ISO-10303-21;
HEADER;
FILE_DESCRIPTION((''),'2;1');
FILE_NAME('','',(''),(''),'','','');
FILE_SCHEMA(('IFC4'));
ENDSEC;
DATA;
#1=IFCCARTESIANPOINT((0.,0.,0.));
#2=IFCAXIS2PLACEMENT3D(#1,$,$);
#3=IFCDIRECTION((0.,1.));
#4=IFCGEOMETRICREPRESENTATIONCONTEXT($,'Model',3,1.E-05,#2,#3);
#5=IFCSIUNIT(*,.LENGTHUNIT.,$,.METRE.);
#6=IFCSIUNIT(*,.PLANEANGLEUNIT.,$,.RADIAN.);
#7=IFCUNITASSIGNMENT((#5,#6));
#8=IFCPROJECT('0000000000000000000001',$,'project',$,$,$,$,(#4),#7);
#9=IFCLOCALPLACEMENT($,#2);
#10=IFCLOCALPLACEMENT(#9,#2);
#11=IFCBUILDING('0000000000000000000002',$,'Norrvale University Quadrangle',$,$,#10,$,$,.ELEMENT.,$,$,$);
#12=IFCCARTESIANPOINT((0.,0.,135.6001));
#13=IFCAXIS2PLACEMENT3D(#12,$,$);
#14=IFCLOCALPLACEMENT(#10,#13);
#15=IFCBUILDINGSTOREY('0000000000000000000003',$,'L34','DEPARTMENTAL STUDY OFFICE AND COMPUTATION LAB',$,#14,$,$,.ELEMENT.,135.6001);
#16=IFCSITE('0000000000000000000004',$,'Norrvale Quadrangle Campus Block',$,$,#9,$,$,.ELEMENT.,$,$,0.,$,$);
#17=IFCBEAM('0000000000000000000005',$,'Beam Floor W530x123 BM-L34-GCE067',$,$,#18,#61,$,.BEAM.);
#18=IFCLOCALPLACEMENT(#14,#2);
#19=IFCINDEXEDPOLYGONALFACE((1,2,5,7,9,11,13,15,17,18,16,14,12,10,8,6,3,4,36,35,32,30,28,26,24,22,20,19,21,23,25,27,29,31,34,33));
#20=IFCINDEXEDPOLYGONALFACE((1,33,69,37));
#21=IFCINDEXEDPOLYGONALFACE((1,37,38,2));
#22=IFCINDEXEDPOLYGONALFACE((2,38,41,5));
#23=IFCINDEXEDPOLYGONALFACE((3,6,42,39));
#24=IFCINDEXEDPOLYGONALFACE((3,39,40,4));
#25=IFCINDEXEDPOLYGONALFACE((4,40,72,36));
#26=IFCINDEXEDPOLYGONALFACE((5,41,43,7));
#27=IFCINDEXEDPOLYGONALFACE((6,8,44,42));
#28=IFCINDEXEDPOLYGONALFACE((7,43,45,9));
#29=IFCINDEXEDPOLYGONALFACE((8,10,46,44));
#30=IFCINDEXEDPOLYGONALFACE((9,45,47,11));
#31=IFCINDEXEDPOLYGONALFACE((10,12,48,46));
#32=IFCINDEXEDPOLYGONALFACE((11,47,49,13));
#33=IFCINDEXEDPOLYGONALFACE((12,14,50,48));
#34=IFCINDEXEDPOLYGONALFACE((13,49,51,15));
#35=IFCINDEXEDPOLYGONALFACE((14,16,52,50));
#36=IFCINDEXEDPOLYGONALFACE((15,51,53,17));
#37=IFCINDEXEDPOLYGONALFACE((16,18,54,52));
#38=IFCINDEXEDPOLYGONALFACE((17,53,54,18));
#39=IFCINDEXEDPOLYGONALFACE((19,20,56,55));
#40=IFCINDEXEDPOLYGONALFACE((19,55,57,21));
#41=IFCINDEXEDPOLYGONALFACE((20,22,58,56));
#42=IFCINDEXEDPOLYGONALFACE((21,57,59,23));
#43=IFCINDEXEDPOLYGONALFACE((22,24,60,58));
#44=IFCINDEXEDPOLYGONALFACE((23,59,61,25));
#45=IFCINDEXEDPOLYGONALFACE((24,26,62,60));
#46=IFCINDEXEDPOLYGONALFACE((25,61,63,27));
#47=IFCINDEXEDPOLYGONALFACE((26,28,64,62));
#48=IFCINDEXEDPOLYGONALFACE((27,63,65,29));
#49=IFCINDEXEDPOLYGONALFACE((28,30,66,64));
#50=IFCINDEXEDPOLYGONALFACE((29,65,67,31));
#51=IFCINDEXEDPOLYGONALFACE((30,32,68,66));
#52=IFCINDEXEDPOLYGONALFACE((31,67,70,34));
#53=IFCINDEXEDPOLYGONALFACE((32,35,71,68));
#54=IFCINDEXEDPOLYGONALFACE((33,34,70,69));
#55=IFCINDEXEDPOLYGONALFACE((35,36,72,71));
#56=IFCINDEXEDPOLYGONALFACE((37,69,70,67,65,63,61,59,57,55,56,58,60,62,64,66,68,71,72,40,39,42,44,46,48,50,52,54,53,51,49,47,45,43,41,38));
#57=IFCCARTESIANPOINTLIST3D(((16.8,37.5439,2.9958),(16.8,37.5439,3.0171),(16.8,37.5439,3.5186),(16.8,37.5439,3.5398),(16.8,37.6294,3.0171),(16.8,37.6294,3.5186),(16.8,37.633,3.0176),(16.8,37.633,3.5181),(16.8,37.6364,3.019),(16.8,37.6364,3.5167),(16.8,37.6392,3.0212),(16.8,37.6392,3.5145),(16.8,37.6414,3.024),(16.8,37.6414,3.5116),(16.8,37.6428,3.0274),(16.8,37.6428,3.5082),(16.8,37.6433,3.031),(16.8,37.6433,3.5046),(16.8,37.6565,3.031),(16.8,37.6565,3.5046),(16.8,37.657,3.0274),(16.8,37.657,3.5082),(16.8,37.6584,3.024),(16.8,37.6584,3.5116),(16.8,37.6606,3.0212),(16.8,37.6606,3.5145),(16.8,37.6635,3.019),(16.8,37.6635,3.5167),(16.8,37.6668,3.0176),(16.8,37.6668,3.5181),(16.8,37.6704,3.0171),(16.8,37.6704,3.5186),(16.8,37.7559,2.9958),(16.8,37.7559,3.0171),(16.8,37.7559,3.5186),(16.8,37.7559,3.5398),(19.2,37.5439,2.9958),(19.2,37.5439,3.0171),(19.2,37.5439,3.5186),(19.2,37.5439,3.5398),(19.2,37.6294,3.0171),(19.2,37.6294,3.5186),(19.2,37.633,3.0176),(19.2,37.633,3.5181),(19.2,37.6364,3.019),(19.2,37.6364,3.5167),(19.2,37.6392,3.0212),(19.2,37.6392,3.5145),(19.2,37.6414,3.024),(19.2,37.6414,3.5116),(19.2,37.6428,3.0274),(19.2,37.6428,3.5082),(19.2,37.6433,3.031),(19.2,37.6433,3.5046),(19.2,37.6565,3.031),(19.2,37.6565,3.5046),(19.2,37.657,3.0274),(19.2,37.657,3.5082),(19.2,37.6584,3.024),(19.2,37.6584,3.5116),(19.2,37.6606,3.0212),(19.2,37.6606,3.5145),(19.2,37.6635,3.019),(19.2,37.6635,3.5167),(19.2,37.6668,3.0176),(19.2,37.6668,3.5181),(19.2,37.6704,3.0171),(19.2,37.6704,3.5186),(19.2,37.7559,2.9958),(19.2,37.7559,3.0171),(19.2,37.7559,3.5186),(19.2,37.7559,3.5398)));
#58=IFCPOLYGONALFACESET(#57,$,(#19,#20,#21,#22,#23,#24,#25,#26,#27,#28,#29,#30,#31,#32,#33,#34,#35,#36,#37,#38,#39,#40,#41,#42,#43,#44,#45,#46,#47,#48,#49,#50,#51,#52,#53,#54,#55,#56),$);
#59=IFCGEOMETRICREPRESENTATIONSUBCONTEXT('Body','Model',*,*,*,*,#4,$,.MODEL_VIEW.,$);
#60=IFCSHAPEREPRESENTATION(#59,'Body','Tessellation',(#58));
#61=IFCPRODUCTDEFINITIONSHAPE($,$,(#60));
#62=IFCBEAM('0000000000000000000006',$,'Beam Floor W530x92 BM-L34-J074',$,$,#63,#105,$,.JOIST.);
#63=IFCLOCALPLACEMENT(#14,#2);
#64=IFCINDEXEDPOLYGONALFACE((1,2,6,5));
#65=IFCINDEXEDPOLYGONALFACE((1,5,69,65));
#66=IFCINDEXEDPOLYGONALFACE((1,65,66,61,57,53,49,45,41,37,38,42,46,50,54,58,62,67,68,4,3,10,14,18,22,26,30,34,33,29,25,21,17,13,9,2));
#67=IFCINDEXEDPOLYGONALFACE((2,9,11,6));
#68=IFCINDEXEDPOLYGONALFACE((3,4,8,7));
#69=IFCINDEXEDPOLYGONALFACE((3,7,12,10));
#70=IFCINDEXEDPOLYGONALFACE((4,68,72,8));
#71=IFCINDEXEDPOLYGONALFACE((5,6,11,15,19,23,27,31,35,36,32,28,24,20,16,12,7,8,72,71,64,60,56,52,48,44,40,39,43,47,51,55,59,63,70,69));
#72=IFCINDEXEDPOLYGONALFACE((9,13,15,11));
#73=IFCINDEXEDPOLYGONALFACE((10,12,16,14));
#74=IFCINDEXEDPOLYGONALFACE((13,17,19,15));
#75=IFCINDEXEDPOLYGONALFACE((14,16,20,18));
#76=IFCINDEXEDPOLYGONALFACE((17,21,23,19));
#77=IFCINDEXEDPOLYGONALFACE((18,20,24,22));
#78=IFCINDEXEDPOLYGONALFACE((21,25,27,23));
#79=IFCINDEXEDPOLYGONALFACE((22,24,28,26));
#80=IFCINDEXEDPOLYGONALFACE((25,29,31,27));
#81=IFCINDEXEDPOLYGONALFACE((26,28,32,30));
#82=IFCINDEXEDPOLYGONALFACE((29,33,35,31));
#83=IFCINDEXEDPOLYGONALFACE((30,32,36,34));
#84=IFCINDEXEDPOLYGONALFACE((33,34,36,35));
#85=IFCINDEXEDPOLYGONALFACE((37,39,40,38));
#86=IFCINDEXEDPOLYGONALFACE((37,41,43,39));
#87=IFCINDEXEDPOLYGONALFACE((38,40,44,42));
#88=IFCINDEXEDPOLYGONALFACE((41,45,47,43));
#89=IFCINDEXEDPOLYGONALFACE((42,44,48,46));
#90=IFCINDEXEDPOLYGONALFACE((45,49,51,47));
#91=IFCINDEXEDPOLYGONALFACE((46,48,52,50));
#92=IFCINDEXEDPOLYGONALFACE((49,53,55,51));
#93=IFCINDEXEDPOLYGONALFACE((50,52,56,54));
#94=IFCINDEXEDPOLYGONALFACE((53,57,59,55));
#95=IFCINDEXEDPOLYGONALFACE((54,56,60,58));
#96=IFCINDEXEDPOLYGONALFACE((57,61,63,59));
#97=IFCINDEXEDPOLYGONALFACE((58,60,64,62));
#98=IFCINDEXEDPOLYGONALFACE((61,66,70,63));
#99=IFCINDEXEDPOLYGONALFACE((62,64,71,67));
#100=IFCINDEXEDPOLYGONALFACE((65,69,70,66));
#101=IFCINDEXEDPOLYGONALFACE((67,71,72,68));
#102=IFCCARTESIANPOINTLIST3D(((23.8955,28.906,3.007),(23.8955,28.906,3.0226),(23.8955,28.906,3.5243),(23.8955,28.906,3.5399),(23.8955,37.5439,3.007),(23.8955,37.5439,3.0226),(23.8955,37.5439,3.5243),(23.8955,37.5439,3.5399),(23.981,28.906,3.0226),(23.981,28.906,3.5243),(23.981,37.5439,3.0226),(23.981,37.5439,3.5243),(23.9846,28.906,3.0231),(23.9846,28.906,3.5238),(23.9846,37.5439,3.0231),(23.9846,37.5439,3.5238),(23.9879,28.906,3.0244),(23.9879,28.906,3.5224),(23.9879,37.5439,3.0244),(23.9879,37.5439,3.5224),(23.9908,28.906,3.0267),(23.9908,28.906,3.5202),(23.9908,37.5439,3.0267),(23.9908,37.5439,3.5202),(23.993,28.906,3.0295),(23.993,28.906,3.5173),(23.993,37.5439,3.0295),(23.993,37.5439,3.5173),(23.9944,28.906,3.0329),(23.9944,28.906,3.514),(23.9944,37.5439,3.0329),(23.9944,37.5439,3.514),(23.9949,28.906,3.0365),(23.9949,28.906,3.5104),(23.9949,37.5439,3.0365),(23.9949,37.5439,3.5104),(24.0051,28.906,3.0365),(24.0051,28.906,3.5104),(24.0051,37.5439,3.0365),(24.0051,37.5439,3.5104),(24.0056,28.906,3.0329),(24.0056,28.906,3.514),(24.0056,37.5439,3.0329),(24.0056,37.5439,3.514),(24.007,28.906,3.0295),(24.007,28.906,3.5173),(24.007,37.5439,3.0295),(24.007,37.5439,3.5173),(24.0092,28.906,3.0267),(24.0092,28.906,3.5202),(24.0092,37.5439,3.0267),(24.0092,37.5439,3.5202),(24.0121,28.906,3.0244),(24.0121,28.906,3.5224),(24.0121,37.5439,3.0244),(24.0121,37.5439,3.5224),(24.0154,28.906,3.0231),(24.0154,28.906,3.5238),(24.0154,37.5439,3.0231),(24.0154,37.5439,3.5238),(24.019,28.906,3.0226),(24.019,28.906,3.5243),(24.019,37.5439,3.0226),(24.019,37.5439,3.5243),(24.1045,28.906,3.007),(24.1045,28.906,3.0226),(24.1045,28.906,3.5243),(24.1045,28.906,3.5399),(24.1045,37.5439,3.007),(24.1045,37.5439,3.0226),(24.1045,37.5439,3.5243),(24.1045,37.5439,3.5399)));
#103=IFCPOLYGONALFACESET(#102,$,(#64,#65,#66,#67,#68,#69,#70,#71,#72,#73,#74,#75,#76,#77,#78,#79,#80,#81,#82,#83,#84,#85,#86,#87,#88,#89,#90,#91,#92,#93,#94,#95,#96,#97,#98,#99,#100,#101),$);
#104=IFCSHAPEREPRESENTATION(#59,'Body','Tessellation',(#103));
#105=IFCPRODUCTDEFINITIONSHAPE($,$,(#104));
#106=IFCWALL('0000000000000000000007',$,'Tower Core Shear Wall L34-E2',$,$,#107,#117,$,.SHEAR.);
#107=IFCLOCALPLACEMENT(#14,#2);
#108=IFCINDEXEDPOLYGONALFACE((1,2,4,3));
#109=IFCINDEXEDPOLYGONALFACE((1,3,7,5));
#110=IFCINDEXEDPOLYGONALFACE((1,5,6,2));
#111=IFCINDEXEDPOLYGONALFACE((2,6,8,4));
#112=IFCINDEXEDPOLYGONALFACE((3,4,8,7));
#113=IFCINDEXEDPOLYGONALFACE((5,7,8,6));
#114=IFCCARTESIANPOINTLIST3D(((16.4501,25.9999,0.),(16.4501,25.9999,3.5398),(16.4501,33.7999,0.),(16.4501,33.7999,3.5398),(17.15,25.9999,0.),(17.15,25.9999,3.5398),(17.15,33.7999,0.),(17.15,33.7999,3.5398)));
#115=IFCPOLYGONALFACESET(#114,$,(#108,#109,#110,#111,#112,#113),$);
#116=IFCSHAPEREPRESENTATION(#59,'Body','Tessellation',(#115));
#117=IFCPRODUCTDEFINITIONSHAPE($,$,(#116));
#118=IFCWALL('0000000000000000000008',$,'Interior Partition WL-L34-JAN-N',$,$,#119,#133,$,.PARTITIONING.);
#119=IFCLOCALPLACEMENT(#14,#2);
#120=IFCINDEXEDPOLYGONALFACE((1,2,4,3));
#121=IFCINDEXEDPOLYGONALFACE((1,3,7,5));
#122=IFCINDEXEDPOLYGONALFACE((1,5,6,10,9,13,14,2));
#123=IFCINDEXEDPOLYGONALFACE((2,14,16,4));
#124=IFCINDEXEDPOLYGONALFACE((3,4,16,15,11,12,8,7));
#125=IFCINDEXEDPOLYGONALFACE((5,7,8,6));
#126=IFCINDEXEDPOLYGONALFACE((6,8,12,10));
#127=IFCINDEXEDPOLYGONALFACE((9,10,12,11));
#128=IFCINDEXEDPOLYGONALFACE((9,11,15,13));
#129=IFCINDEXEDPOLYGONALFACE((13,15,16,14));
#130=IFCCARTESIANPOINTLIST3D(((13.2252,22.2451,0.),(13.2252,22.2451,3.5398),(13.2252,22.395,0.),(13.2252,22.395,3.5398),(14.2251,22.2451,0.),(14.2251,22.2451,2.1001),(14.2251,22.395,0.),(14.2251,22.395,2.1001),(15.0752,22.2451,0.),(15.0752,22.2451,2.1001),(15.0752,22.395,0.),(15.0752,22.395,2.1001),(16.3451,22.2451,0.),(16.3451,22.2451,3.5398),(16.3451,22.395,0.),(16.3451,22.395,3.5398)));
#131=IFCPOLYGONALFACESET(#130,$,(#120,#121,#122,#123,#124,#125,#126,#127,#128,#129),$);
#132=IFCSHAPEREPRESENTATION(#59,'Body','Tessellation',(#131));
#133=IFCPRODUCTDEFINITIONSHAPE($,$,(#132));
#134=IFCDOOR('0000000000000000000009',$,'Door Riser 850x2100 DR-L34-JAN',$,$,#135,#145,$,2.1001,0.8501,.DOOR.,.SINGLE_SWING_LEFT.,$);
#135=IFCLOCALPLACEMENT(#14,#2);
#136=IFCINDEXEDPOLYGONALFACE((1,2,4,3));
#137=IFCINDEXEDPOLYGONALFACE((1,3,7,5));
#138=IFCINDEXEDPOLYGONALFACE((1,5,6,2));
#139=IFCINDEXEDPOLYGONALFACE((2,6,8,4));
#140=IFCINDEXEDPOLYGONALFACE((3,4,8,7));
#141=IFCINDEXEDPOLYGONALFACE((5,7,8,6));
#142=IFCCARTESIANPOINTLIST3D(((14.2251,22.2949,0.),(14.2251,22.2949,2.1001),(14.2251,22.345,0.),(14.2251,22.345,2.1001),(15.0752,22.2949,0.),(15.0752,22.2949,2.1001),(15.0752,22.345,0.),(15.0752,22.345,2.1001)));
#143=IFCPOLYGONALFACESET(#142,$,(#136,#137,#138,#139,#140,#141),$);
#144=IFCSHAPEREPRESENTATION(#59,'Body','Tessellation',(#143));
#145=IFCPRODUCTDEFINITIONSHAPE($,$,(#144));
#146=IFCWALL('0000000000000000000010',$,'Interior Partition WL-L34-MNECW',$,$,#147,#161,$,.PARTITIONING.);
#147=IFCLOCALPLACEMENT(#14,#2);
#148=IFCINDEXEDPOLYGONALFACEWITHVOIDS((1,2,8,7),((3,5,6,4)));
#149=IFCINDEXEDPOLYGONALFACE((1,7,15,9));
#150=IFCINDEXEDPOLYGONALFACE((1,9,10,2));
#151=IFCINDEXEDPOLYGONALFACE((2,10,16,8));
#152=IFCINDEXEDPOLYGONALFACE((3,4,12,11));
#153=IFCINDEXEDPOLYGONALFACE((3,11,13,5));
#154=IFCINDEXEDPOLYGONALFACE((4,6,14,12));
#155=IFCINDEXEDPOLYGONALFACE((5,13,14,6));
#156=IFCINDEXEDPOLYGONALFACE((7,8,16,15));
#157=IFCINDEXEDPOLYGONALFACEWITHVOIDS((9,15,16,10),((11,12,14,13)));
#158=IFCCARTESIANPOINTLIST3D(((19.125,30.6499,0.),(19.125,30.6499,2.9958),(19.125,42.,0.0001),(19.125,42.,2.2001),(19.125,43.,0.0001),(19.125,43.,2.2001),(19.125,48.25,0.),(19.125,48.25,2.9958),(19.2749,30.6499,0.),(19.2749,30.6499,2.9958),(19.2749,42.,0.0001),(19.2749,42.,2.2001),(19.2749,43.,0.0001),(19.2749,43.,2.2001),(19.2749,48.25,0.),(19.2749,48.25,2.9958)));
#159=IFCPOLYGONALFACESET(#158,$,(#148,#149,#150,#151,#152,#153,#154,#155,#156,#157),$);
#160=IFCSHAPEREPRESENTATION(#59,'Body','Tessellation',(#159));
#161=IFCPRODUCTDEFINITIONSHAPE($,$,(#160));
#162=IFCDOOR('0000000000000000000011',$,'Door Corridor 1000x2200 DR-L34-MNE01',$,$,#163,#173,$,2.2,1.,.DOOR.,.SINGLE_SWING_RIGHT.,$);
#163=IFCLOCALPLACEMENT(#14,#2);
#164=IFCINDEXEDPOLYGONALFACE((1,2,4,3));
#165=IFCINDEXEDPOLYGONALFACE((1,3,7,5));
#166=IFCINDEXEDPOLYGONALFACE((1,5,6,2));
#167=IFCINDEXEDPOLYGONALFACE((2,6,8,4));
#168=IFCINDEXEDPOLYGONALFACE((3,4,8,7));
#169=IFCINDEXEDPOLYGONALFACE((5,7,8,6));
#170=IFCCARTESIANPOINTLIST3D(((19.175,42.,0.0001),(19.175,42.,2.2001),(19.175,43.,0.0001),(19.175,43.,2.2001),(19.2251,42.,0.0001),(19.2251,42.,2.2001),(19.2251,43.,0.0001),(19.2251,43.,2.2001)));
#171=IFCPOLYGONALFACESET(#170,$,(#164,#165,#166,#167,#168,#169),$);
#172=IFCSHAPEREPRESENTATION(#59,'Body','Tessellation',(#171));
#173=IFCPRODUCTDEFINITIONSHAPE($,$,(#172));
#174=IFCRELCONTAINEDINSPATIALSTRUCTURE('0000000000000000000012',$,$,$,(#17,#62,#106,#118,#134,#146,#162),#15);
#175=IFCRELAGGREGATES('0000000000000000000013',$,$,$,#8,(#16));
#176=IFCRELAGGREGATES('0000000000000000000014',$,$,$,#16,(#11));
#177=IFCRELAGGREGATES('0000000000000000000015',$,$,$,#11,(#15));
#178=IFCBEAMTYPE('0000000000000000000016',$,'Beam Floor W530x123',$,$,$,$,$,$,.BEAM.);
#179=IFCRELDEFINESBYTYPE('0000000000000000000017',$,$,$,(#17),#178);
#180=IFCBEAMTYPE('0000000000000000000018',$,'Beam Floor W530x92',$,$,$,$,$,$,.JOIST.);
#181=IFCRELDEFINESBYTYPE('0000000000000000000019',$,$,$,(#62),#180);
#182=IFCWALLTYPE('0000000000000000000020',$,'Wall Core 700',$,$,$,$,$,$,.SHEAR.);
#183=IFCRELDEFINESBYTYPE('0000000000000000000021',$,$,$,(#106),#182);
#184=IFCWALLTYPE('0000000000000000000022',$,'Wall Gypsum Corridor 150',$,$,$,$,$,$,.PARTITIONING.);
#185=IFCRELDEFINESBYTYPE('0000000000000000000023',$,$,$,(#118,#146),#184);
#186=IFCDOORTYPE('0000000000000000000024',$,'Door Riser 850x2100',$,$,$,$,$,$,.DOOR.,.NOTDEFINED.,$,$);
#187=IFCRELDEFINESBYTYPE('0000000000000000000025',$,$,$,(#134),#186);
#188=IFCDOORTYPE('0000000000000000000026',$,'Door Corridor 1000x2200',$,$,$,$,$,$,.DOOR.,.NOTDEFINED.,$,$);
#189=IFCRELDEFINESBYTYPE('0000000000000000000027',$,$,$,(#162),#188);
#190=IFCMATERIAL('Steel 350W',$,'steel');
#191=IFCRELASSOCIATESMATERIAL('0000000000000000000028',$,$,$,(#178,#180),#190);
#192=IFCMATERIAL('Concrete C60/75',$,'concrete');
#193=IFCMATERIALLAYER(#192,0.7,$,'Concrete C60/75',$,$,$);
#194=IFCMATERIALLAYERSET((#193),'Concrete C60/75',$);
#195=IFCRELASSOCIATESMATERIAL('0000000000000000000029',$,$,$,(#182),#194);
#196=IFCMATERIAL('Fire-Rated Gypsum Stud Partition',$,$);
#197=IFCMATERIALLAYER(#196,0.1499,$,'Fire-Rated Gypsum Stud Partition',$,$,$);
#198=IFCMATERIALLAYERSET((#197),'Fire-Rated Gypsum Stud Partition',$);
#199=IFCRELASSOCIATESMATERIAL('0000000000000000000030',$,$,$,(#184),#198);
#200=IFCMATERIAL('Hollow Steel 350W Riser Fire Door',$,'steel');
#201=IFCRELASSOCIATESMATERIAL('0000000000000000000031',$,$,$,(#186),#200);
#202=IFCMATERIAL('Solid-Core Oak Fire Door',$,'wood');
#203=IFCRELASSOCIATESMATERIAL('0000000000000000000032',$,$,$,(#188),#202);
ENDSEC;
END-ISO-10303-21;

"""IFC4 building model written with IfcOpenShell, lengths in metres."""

from ifc_helpers import new_model, si_unit, direction, frame, frame_2d, origin, origin_2d, place, context, subcontext, project, spatial, rectangle, i_section, extrude, material, layer, layer_set, material_profile, profile_set, type_object, element, fill, save


model = new_model("IFC4")

# Units and contexts
model_context = context("Model", 3, precision=1e-05, world=origin(), true_north=direction((0.0, 1.0)))
body_context = subcontext(model_context, "Body", "Model", "MODEL_VIEW")
ifc_project = project(units=[si_unit("LENGTHUNIT", "METRE"), si_unit("PLANEANGLEUNIT", "RADIAN")], contexts=[model_context])

# Site, building, storey
site_placement = place(None, origin())
site = spatial("IfcSite", under=ifc_project, at=site_placement, Name="Norrvale Quadrangle Campus Block", CompositionType="ELEMENT", RefElevation=0.0)
building_placement = place(site_placement, origin())
building = spatial("IfcBuilding", under=site, at=building_placement, Name="Norrvale University Quadrangle", CompositionType="ELEMENT")
storey_placement = place(building_placement, frame((0.0, 0.0, 135.6001)))
storey = spatial("IfcBuildingStorey", under=building, at=storey_placement, Name="L34", Description="DEPARTMENTAL STUDY OFFICE AND COMPUTATION LAB", CompositionType="ELEMENT", Elevation=135.6001)

# Shared definitions
ifc_material_1 = material(Name="Concrete C60/75", Category="concrete")

# Beams
ifc_material_2 = material(Name="Steel 350W", Category="steel")
ifc_material_profile_1 = material_profile(ifc_material_2, i_section(OverallWidth=0.2119, OverallDepth=0.5439, WebThickness=0.0132, FlangeThickness=0.0212, FilletRadius=0.0139, at=origin_2d()), Name="Steel 350W")
ifc_profile_set_1 = profile_set([ifc_material_profile_1], Name="Steel 350W")
beam_type_1 = type_object("IfcBeamType", Name="Beam Floor W530x123", PredefinedType="BEAM", material=ifc_profile_set_1)
for number, where, z_axis, x_axis, name in (
    (1, (16.8, 37.6499, 3.2678), (1.0, 0.0, 0.0), (0.0, 1.0, 0.0), "Beam Floor W530x123 BM-L34-GCE067"),
):
    element("IfcBeam", number, at=place(storey_placement, frame(where, z_axis=z_axis, x_axis=x_axis)), inside=storey, type_object=beam_type_1, Name=name, PredefinedType="BEAM", context=body_context, shape_type="SweptSolid", body=[
        extrude(i_section(OverallWidth=0.2119, OverallDepth=0.5439, WebThickness=0.0132, FlangeThickness=0.0212, FilletRadius=0.0139, at=origin_2d()), origin(), (0.0, 0.0, 1.0), 2.3999),
    ])
ifc_material_profile_2 = material_profile(ifc_material_2, i_section(OverallWidth=0.209, OverallDepth=0.533, WebThickness=0.0103, FlangeThickness=0.0156, FilletRadius=0.0139, at=origin_2d()), Name="Steel 350W")
ifc_profile_set_2 = profile_set([ifc_material_profile_2], Name="Steel 350W")
beam_type_2 = type_object("IfcBeamType", Name="Beam Floor W530x92", PredefinedType="JOIST", material=ifc_profile_set_2)
beam_1_placement = place(storey_placement, frame((24.0, 28.906, 3.2734), z_axis=(0.0, 1.0, 0.0), x_axis=(-1.0, 0.0, 0.0)))
element("IfcBeam", 2, at=beam_1_placement, inside=storey, type_object=beam_type_2, Name="Beam Floor W530x92 BM-L34-J074", PredefinedType="JOIST", context=body_context, shape_type="SweptSolid", body=[
    extrude(i_section(OverallWidth=0.209, OverallDepth=0.533, WebThickness=0.0103, FlangeThickness=0.0156, FilletRadius=0.0139, at=origin_2d()), origin(), (0.0, 0.0, 1.0), 8.6379),
])

# Wall
ifc_layer_1 = layer(ifc_material_1, 0.7, Name="Concrete C60/75")
ifc_layer_set_1 = layer_set([ifc_layer_1], Name="Concrete C60/75")
wall_type_1 = type_object("IfcWallType", Name="Wall Core 700", PredefinedType="SHEAR", material=ifc_layer_set_1)
wall_1_placement = place(storey_placement, frame((16.8, 26.0, 0.0), z_axis=(0.0, 0.0, 1.0), x_axis=(0.0, 1.0, 0.0)))
element("IfcWall", 3, at=wall_1_placement, inside=storey, type_object=wall_type_1, Name="Tower Core Shear Wall L34-E2", PredefinedType="SHEAR", context=body_context, shape_type="SweptSolid", body=[
    extrude(rectangle(XDim=7.8, YDim=0.7, at=frame_2d((3.8999, 0.0))), origin(), (0.0, 0.0, 1.0), 3.5398),
])

# Walls, openings, doors
ifc_material_3 = material(Name="Fire-Rated Gypsum Stud Partition")
ifc_layer_2 = layer(ifc_material_3, 0.1499, Name="Fire-Rated Gypsum Stud Partition")
ifc_layer_set_2 = layer_set([ifc_layer_2], Name="Fire-Rated Gypsum Stud Partition")
wall_type_2 = type_object("IfcWallType", Name="Wall Gypsum Corridor 150", PredefinedType="PARTITIONING", material=ifc_layer_set_2)
wall_2_placement = place(storey_placement, frame((13.2251, 22.3201, 0.0), z_axis=(0.0, 0.0, 1.0), x_axis=(1.0, 0.0, 0.0)))
wall_2 = element("IfcWall", 4, at=wall_2_placement, inside=storey, type_object=wall_type_2, Name="Interior Partition WL-L34-JAN-N", PredefinedType="PARTITIONING", context=body_context, shape_type="SweptSolid", body=[
    extrude(rectangle(XDim=3.1199, YDim=0.1499, at=frame_2d((1.5601, 0.0))), origin(), (0.0, 0.0, 1.0), 3.5398),
])
opening_1_placement = place(wall_2_placement, frame((1.0, 0.0, 0.0)))
opening_1 = element("IfcOpeningElement", 5, at=opening_1_placement, cuts=wall_2, PredefinedType="OPENING", context=body_context, shape_type="SweptSolid", body=[
    extrude(rectangle(XDim=0.8501, YDim=2.1001, at=frame_2d((0.425, 1.05))), frame((0.0, 0.0869, 0.0), z_axis=(0.0, -1.0, 0.0), x_axis=(1.0, 0.0, 0.0)), (0.0, 0.0, 1.0), 0.1738),
])
ifc_material_4 = material(Name="Hollow Steel 350W Riser Fire Door", Category="steel")
door_type_1 = type_object("IfcDoorType", Name="Door Riser 850x2100", OperationType="NOTDEFINED", PredefinedType="DOOR", material=ifc_material_4)
door_1_placement = place(opening_1_placement, origin())
door_1 = element("IfcDoor", 6, at=door_1_placement, inside=storey, type_object=door_type_1, Name="Door Riser 850x2100 DR-L34-JAN", OperationType="SINGLE_SWING_LEFT", OverallHeight=2.1001, OverallWidth=0.8501, PredefinedType="DOOR", context=body_context, shape_type="SweptSolid", body=[
    extrude(rectangle(XDim=0.8501, YDim=2.1001, at=frame_2d((0.425, 1.05))), frame((0.0, 0.0249, 0.0), z_axis=(0.0, -1.0, 0.0), x_axis=(1.0, 0.0, 0.0)), (0.0, 0.0, 1.0), 0.05),
])
fill(opening_1, door_1)
wall_3_placement = place(storey_placement, frame((19.2, 30.6499, 0.0), z_axis=(0.0, 0.0, 1.0), x_axis=(0.0, 1.0, 0.0)))
wall_3 = element("IfcWall", 7, at=wall_3_placement, inside=storey, type_object=wall_type_2, Name="Interior Partition WL-L34-MNECW", PredefinedType="PARTITIONING", context=body_context, shape_type="SweptSolid", body=[
    extrude(rectangle(XDim=17.6001, YDim=0.1499, at=frame_2d((8.8, 0.0))), origin(), (0.0, 0.0, 1.0), 2.9958),
])
opening_2_placement = place(wall_3_placement, frame((11.3501, 0.0, 0.0)))
opening_2 = element("IfcOpeningElement", 8, at=opening_2_placement, cuts=wall_3, PredefinedType="OPENING", context=body_context, shape_type="SweptSolid", body=[
    extrude(rectangle(XDim=1.0, YDim=2.2, at=frame_2d((0.5, 1.1001))), frame((0.0, 0.0869, 0.0), z_axis=(0.0, -1.0, 0.0), x_axis=(1.0, 0.0, 0.0)), (0.0, 0.0, 1.0), 0.1738),
])
ifc_material_5 = material(Name="Solid-Core Oak Fire Door", Category="wood")
door_type_2 = type_object("IfcDoorType", Name="Door Corridor 1000x2200", OperationType="NOTDEFINED", PredefinedType="DOOR", material=ifc_material_5)
door_2_placement = place(opening_2_placement, origin())
door_2 = element("IfcDoor", 9, at=door_2_placement, inside=storey, type_object=door_type_2, Name="Door Corridor 1000x2200 DR-L34-MNE01", OperationType="SINGLE_SWING_RIGHT", OverallHeight=2.2, OverallWidth=1.0, PredefinedType="DOOR", context=body_context, shape_type="SweptSolid", body=[
    extrude(rectangle(XDim=1.0, YDim=2.2, at=frame_2d((0.5, 1.1001))), frame((0.0, 0.0249, 0.0), z_axis=(0.0, -1.0, 0.0), x_axis=(1.0, 0.0, 0.0)), (0.0, 0.0, 1.0), 0.05),
])
fill(opening_2, door_2)

save(model, "model.ifc")
